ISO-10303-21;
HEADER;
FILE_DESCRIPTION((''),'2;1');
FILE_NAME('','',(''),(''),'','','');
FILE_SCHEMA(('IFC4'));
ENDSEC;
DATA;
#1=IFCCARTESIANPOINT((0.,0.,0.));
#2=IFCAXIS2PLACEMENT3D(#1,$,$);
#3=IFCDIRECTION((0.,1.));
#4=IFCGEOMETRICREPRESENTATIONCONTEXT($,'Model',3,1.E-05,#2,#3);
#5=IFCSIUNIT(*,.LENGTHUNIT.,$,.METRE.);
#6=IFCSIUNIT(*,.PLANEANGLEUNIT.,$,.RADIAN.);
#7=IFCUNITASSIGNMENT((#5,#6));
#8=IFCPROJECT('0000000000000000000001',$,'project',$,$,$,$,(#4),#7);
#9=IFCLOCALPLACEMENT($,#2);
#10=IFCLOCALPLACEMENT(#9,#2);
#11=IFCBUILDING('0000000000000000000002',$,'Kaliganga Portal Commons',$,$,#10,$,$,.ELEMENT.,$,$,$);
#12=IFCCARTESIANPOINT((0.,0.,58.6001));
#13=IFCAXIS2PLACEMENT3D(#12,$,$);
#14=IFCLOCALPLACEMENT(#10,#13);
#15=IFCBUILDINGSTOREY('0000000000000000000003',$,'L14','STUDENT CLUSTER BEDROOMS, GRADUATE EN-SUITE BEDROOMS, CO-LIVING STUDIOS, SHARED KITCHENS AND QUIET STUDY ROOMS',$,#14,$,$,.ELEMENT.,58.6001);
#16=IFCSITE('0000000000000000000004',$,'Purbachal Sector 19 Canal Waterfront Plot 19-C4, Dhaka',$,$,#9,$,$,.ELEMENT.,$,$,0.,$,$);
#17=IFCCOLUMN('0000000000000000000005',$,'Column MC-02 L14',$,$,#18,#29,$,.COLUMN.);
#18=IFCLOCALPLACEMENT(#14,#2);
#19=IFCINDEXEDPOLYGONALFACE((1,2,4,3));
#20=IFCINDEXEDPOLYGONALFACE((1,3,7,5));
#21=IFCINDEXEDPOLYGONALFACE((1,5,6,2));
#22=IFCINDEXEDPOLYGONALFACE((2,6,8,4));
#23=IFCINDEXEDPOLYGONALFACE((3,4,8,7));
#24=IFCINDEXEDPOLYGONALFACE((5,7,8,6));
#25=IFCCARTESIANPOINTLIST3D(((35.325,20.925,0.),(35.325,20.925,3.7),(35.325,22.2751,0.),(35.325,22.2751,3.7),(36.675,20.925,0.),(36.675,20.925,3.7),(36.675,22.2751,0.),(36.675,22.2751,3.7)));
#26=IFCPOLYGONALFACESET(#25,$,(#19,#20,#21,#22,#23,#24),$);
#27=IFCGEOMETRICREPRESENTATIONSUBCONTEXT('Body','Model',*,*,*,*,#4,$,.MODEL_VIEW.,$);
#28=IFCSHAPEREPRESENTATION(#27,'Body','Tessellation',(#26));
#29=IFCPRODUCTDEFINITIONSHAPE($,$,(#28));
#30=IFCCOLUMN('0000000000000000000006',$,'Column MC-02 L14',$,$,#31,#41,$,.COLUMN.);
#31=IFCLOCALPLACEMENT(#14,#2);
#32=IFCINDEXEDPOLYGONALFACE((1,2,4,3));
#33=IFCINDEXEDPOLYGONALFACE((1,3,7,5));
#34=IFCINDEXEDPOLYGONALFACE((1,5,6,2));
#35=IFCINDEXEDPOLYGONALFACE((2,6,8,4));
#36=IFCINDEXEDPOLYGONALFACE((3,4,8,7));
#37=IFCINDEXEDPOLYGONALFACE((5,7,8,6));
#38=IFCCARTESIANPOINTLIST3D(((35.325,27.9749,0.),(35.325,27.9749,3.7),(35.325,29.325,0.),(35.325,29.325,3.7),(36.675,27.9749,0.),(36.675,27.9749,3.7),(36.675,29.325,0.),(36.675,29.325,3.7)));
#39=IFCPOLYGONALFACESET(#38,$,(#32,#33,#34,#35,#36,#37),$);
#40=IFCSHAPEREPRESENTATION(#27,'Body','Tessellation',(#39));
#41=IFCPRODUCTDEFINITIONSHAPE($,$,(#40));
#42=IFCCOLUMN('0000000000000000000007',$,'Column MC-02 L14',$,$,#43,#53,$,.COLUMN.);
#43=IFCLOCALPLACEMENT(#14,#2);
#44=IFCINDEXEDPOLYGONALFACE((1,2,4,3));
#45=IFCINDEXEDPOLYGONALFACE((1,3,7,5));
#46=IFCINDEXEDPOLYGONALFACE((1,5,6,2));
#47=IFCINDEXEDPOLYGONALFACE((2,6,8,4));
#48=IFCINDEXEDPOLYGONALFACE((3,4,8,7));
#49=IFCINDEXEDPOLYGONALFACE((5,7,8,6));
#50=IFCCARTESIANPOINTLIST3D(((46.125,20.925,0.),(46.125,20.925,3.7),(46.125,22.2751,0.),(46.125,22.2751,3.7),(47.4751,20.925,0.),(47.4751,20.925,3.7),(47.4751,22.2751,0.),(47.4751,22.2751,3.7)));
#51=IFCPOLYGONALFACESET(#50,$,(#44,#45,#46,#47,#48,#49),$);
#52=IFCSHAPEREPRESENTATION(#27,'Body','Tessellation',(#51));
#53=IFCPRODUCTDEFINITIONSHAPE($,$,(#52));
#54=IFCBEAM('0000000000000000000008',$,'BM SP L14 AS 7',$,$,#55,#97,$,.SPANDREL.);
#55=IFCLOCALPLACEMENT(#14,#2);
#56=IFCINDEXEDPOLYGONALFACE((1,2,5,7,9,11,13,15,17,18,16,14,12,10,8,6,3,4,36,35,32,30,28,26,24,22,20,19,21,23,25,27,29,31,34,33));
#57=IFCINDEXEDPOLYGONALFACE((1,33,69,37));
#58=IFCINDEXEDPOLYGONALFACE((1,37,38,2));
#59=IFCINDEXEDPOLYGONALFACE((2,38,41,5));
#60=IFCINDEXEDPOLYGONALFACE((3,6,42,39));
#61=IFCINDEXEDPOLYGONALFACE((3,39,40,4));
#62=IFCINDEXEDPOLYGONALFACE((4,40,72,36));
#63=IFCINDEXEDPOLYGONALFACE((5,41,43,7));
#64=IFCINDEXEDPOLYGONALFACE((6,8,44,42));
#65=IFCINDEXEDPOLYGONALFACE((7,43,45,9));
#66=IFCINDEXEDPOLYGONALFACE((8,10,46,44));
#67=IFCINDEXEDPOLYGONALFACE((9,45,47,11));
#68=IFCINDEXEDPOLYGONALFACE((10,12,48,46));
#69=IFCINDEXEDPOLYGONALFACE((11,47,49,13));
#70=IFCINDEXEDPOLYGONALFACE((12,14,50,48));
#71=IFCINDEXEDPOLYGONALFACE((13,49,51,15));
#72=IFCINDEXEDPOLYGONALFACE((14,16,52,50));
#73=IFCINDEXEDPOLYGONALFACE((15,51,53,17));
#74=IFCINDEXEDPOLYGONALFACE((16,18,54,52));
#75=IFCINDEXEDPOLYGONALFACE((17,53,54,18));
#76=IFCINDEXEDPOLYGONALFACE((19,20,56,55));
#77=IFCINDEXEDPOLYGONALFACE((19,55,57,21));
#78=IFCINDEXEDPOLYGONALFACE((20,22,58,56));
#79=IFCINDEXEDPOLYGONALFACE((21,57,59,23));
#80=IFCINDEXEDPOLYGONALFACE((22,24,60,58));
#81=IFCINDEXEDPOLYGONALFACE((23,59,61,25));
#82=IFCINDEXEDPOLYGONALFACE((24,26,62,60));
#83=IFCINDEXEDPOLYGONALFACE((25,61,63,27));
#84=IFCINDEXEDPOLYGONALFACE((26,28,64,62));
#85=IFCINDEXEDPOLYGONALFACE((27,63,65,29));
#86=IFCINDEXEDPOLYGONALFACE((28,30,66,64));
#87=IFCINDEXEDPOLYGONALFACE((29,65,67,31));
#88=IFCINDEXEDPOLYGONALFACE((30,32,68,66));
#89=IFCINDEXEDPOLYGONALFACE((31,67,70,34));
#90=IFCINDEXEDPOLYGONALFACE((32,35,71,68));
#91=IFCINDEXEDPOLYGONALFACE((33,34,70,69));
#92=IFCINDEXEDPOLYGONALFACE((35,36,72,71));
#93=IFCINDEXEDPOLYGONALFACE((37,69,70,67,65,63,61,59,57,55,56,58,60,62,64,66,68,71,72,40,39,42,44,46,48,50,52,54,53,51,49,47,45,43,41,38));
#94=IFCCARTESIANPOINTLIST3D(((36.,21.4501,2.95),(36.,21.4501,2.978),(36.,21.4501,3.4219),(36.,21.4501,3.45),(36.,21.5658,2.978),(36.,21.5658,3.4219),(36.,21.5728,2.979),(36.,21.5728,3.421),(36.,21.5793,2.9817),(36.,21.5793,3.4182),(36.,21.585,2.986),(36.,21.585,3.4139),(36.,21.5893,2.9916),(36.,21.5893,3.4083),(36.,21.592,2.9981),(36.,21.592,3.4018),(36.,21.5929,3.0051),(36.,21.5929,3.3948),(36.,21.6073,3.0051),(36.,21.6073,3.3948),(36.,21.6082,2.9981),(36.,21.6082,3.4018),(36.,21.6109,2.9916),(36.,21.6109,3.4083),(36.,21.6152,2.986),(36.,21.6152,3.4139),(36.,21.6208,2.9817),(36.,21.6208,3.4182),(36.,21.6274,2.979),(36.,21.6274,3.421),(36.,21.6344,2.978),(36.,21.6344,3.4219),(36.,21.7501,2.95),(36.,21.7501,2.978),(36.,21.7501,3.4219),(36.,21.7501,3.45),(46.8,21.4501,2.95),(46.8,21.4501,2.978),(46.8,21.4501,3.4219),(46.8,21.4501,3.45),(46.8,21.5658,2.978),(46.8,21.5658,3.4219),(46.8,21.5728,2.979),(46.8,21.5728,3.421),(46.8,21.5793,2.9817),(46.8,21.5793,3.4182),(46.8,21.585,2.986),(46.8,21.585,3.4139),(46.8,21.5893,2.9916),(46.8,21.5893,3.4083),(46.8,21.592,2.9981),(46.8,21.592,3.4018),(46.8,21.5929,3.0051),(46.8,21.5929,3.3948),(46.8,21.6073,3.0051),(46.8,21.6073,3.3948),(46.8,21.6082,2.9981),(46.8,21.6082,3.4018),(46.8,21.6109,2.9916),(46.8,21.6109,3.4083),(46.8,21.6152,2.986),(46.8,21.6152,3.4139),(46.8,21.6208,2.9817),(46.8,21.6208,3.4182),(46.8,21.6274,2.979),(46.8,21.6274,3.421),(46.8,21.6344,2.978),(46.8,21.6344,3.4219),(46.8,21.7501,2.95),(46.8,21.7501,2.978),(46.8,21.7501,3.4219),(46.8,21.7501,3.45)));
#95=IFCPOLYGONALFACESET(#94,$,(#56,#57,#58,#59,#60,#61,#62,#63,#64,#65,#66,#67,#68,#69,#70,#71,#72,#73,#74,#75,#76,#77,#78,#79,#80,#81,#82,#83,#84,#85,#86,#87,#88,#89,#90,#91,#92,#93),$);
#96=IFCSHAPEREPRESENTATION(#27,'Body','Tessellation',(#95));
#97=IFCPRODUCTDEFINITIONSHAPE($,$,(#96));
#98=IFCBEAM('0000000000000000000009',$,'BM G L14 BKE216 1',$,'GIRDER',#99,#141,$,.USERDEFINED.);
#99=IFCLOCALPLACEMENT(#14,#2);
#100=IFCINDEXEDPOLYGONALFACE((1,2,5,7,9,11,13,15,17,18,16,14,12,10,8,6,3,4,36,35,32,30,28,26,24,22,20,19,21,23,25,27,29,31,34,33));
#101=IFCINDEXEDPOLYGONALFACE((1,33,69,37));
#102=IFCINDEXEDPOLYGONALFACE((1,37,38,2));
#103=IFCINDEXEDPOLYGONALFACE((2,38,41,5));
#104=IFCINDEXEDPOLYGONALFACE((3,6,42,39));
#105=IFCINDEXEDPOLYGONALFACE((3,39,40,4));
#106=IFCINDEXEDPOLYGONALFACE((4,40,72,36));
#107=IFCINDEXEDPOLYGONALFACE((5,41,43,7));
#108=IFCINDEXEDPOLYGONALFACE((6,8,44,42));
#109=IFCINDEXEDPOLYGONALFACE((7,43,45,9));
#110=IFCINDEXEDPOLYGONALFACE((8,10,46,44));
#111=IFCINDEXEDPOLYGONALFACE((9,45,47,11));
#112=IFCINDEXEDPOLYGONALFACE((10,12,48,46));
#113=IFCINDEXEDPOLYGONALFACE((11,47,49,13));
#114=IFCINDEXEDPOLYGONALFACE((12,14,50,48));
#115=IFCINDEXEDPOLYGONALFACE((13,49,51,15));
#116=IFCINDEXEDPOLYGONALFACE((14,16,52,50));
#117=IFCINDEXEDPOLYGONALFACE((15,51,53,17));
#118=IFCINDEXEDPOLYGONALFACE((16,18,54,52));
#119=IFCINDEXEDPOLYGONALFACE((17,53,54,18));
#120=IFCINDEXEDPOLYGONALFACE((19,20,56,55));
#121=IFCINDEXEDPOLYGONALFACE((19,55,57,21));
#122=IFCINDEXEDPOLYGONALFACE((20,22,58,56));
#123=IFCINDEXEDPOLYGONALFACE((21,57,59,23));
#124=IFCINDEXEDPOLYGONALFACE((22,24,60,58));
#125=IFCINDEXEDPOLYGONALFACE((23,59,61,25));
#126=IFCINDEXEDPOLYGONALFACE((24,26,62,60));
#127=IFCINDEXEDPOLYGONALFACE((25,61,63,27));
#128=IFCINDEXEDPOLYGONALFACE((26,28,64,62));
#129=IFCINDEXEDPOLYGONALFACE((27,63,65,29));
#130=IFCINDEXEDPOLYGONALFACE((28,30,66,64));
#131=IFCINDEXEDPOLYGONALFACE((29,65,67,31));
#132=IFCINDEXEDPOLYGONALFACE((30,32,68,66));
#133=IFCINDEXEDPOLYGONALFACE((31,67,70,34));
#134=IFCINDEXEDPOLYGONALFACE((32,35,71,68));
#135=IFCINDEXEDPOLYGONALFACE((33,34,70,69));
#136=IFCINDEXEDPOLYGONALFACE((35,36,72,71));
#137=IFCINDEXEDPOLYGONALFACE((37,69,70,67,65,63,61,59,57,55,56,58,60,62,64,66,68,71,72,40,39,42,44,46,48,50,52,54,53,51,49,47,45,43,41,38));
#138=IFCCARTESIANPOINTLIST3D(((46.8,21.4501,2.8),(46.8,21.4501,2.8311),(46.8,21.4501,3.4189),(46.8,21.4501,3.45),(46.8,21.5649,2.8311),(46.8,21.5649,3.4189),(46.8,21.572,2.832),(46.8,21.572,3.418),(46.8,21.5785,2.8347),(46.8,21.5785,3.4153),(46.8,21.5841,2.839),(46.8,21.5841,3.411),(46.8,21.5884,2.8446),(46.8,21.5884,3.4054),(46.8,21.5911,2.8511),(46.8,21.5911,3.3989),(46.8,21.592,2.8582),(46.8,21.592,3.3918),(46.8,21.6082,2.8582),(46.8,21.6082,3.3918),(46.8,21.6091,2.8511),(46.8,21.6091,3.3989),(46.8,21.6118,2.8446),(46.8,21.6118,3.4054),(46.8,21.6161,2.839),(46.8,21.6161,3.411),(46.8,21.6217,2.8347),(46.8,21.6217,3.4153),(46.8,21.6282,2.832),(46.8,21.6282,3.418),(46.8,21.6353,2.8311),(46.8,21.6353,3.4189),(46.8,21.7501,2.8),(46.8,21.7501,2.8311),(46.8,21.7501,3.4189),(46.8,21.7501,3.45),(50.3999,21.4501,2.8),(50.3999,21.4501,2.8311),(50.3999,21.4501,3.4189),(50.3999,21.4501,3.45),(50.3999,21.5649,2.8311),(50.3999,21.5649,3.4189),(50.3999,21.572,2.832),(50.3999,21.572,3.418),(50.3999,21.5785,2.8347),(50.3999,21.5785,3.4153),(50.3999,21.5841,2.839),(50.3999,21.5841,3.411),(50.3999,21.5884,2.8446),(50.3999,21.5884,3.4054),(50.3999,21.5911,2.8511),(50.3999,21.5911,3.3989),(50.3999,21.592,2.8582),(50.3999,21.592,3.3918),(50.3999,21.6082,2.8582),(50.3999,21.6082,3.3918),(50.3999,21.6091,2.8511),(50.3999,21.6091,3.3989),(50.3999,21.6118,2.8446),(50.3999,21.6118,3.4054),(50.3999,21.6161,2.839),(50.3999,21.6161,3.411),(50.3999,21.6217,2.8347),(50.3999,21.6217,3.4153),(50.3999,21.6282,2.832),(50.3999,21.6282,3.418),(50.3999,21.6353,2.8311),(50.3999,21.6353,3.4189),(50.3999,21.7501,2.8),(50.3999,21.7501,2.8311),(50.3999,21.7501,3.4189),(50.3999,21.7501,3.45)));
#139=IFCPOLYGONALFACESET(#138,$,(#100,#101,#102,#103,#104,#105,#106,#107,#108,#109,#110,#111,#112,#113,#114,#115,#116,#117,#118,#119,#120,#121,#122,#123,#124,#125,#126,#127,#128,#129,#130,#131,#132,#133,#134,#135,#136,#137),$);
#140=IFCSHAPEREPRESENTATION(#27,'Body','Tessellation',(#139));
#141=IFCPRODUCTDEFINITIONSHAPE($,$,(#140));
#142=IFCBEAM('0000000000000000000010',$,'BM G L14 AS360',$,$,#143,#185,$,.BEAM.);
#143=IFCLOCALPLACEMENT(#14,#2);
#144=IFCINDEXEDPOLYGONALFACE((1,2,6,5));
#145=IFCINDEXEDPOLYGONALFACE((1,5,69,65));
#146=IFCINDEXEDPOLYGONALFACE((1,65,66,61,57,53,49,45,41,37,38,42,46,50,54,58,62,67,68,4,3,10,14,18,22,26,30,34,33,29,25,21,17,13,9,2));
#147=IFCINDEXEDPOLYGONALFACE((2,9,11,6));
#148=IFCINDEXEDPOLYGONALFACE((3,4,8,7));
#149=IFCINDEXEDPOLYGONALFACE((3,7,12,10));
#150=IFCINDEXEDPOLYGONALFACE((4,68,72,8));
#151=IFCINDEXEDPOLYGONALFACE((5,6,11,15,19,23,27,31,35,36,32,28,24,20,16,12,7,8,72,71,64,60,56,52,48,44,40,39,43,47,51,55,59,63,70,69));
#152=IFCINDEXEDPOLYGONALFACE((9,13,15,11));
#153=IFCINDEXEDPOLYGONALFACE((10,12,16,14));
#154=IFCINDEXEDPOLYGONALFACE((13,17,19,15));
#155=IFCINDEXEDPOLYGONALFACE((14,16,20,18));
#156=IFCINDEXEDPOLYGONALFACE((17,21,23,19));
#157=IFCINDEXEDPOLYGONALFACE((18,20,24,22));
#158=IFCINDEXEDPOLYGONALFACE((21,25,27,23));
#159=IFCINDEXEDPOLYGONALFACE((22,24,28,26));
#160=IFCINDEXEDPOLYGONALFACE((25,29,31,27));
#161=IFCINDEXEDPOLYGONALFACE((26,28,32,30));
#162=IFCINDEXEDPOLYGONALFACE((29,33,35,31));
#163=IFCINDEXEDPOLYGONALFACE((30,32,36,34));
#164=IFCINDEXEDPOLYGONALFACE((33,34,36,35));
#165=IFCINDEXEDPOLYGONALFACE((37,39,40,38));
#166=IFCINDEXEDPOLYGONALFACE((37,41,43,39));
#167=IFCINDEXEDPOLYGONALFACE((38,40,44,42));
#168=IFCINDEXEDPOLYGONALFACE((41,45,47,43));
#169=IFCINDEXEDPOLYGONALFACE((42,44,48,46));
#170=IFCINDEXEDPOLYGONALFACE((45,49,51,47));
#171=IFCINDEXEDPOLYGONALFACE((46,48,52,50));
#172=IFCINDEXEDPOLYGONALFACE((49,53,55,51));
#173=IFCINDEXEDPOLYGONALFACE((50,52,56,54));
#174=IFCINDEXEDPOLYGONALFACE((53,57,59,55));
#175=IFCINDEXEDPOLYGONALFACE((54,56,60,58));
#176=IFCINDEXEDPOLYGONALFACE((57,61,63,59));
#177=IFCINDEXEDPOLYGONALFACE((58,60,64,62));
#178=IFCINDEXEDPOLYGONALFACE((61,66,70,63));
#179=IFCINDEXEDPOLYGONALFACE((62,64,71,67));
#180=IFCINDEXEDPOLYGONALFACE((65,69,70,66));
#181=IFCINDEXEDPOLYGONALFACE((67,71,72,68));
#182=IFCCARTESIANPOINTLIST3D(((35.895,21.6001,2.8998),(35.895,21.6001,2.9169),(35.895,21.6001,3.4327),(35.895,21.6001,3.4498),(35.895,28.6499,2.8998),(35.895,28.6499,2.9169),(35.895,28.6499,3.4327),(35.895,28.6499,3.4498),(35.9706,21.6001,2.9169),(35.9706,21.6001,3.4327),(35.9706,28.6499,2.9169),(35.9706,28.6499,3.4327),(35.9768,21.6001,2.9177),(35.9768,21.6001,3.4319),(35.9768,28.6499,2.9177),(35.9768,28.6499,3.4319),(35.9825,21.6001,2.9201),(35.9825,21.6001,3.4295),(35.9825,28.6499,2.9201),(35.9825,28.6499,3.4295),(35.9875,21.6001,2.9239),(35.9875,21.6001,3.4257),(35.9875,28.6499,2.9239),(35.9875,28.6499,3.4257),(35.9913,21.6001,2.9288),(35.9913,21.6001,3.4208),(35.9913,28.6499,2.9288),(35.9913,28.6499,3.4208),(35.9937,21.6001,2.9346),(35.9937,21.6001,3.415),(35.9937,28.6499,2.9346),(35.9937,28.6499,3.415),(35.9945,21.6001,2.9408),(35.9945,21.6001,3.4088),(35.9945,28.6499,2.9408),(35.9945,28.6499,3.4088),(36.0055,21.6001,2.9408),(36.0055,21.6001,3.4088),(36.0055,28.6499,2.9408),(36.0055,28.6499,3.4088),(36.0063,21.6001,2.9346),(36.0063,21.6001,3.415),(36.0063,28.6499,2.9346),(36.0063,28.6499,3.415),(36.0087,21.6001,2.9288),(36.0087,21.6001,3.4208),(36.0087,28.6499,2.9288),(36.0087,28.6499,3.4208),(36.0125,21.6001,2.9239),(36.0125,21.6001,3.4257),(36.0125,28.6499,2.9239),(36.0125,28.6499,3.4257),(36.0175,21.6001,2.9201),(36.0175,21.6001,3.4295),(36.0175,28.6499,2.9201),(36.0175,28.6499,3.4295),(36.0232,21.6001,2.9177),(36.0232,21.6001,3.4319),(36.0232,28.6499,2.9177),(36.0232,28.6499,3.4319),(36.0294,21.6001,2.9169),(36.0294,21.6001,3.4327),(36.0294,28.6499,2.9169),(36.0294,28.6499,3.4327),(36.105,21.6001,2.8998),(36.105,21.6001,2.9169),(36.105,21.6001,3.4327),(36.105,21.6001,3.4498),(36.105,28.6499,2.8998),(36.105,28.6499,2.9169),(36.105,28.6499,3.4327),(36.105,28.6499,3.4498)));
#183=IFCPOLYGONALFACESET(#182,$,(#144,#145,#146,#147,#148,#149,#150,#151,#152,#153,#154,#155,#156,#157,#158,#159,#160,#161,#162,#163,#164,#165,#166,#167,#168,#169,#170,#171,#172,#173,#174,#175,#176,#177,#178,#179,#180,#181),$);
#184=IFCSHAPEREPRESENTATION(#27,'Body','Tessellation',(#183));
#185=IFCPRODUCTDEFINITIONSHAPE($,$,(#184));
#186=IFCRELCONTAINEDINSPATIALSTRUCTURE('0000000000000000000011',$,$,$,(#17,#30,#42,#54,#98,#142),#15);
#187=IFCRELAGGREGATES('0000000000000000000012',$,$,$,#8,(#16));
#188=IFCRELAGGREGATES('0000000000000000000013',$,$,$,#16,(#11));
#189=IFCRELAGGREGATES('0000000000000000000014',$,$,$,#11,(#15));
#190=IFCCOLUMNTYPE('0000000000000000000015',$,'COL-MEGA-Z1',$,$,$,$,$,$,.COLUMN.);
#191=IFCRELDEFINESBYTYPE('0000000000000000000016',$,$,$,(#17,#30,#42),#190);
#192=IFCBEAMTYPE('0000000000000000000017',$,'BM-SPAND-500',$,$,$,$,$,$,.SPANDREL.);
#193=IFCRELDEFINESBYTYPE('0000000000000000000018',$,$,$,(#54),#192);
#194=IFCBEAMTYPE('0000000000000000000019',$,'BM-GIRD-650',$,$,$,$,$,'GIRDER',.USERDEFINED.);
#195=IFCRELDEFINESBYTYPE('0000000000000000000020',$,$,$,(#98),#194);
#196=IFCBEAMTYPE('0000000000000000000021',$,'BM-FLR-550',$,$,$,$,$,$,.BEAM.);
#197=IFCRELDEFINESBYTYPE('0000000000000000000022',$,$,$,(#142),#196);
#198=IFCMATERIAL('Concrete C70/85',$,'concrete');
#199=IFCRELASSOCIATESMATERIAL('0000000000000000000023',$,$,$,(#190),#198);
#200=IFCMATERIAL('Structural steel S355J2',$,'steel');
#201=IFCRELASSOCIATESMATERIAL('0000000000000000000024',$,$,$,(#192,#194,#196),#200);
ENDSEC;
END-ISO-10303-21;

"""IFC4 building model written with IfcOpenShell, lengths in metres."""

from ifc_helpers import new_model, si_unit, direction, frame, origin, origin_2d, place, context, subcontext, project, spatial, rectangle, i_section, extrude, source, transform, mapped, material, material_profile, profile_set, type_object, element, save


model = new_model("IFC4")

# Units and contexts
model_context = context("Model", 3, precision=1e-05, world=origin(), true_north=direction((0.0, 1.0)))
body_context = subcontext(model_context, "Body", "Model", "MODEL_VIEW")
ifc_project = project(units=[si_unit("LENGTHUNIT", "METRE"), si_unit("PLANEANGLEUNIT", "RADIAN")], contexts=[model_context])

# Site, building, storey
site_placement = place(None, origin())
site = spatial("IfcSite", under=ifc_project, at=site_placement, Name="Purbachal Sector 19 Canal Waterfront Plot 19-C4, Dhaka", CompositionType="ELEMENT", RefElevation=0.0)
building_placement = place(site_placement, origin())
building = spatial("IfcBuilding", under=site, at=building_placement, Name="Kaliganga Portal Commons", CompositionType="ELEMENT")
storey_placement = place(building_placement, frame((0.0, 0.0, 58.6001)))
storey = spatial("IfcBuildingStorey", under=building, at=storey_placement, Name="L14", Description="STUDENT CLUSTER BEDROOMS, GRADUATE EN-SUITE BEDROOMS, CO-LIVING STUDIOS, SHARED KITCHENS AND QUIET STUDY ROOMS", CompositionType="ELEMENT", Elevation=58.6001)

# Columns
ifc_material_1 = material(Name="Concrete C70/85", Category="concrete")
ifc_material_profile_1 = material_profile(ifc_material_1, rectangle(XDim=1.3501, YDim=1.3501, at=origin_2d()), Name="RC 1350x1350")
ifc_profile_set_1 = profile_set([ifc_material_profile_1], Name="Concrete C70/85")
column_type = type_object("IfcColumnType", Name="COL-MEGA-Z1", PredefinedType="COLUMN", material=ifc_profile_set_1)
shared_shape_1 = source(origin(), body_context, "Body", "SweptSolid", [
    extrude(rectangle(XDim=1.3501, YDim=1.3501, at=origin_2d()), origin(), (0.0, 0.0, 1.0), 3.7),
])
for number, where, z_axis, x_axis, name in (
    (1, (36.0, 21.6001, 0.0), (0.0, 0.0, 1.0), (1.0, 0.0, 0.0), "Column MC-02 L14"),
    (2, (36.0, 28.6499, 0.0), (0.0, 0.0, 1.0), (1.0, 0.0, 0.0), "Column MC-02 L14"),
    (3, (46.8, 21.6001, 0.0), (0.0, 0.0, 1.0), (1.0, 0.0, 0.0), "Column MC-02 L14"),
):
    element("IfcColumn", number, at=place(storey_placement, frame(where, z_axis=z_axis, x_axis=x_axis)), inside=storey, type_object=column_type, Name=name, PredefinedType="COLUMN", context=body_context, shape_type="MappedRepresentation", body=[
        mapped(shared_shape_1, transform((0.0, 0.0, 0.0), x_axis=(1.0, 0.0, 0.0), y_axis=(0.0, 1.0, 0.0), z_axis=(0.0, 0.0, 1.0), scale=1.0)),
    ])

# Beams
ifc_material_2 = material(Name="Structural steel S355J2", Category="steel")
ifc_material_profile_2 = material_profile(ifc_material_2, i_section(OverallWidth=0.3, OverallDepth=0.5, WebThickness=0.0144, FlangeThickness=0.0281, FilletRadius=0.0271, at=origin_2d()), Name="HE 500 B")
ifc_profile_set_2 = profile_set([ifc_material_profile_2], Name="Structural steel S355J2 wide-flange")
beam_type_1 = type_object("IfcBeamType", Name="BM-SPAND-500", PredefinedType="SPANDREL", material=ifc_profile_set_2)
shared_shape_2 = source(origin(), body_context, "Body", "SweptSolid", [
    extrude(i_section(OverallWidth=0.3, OverallDepth=0.5, WebThickness=0.0144, FlangeThickness=0.0281, FilletRadius=0.0271, at=origin_2d()), origin(), (0.0, 0.0, 1.0), 10.8),
])
beam_1_placement = place(storey_placement, frame((36.0, 21.6001, 3.2), z_axis=(1.0, 0.0, 0.0), x_axis=(0.0, 1.0, 0.0)))
element("IfcBeam", 4, at=beam_1_placement, inside=storey, type_object=beam_type_1, Name="BM SP L14 AS 7", PredefinedType="SPANDREL", context=body_context, shape_type="MappedRepresentation", body=[
    mapped(shared_shape_2, transform((0.0, 0.0, 0.0), x_axis=(1.0, 0.0, 0.0), y_axis=(0.0, 1.0, 0.0), z_axis=(0.0, 0.0, 1.0), scale=1.0)),
])
ifc_material_profile_3 = material_profile(ifc_material_2, i_section(OverallWidth=0.3, OverallDepth=0.6499, WebThickness=0.0161, FlangeThickness=0.031, FilletRadius=0.0271, at=origin_2d()), Name="HE 650 B")
ifc_profile_set_3 = profile_set([ifc_material_profile_3], Name="Structural steel S355J2 wide-flange")
beam_type_2 = type_object("IfcBeamType", Name="BM-GIRD-650", ElementType="GIRDER", PredefinedType="USERDEFINED", material=ifc_profile_set_3)
shared_shape_3 = source(origin(), body_context, "Body", "SweptSolid", [
    extrude(i_section(OverallWidth=0.3, OverallDepth=0.6499, WebThickness=0.0161, FlangeThickness=0.031, FilletRadius=0.0271, at=origin_2d()), origin(), (0.0, 0.0, 1.0), 3.5999),
])
beam_2_placement = place(storey_placement, frame((46.8, 21.6001, 3.125), z_axis=(1.0, 0.0, 0.0), x_axis=(0.0, 1.0, 0.0)))
element("IfcBeam", 5, at=beam_2_placement, inside=storey, type_object=beam_type_2, Name="BM G L14 BKE216 1", ObjectType="GIRDER", PredefinedType="USERDEFINED", context=body_context, shape_type="MappedRepresentation", body=[
    mapped(shared_shape_3, transform((0.0, 0.0, 0.0), x_axis=(1.0, 0.0, 0.0), y_axis=(0.0, 1.0, 0.0), z_axis=(0.0, 0.0, 1.0), scale=1.0)),
])
ifc_material_profile_4 = material_profile(ifc_material_2, i_section(OverallWidth=0.21, OverallDepth=0.55, WebThickness=0.011, FlangeThickness=0.0171, FilletRadius=0.0239, at=origin_2d()), Name="IPE 550")
ifc_profile_set_4 = profile_set([ifc_material_profile_4], Name="Structural steel S355J2 wide-flange")
beam_type_3 = type_object("IfcBeamType", Name="BM-FLR-550", PredefinedType="BEAM", material=ifc_profile_set_4)
shared_shape_4 = source(origin(), body_context, "Body", "SweptSolid", [
    extrude(i_section(OverallWidth=0.21, OverallDepth=0.55, WebThickness=0.011, FlangeThickness=0.0171, FilletRadius=0.0239, at=origin_2d()), origin(), (0.0, 0.0, 1.0), 7.0498),
])
for number, where, z_axis, x_axis, name in (
    (6, (36.0, 21.6001, 3.1748), (0.0, 1.0, 0.0), (-1.0, 0.0, 0.0), "BM G L14 AS360"),
):
    element("IfcBeam", number, at=place(storey_placement, frame(where, z_axis=z_axis, x_axis=x_axis)), inside=storey, type_object=beam_type_3, Name=name, PredefinedType="BEAM", context=body_context, shape_type="MappedRepresentation", body=[
        mapped(shared_shape_4, transform((0.0, 0.0, 0.0), x_axis=(1.0, 0.0, 0.0), y_axis=(0.0, 1.0, 0.0), z_axis=(0.0, 0.0, 1.0), scale=1.0)),
    ])

save(model, "model.ifc")
